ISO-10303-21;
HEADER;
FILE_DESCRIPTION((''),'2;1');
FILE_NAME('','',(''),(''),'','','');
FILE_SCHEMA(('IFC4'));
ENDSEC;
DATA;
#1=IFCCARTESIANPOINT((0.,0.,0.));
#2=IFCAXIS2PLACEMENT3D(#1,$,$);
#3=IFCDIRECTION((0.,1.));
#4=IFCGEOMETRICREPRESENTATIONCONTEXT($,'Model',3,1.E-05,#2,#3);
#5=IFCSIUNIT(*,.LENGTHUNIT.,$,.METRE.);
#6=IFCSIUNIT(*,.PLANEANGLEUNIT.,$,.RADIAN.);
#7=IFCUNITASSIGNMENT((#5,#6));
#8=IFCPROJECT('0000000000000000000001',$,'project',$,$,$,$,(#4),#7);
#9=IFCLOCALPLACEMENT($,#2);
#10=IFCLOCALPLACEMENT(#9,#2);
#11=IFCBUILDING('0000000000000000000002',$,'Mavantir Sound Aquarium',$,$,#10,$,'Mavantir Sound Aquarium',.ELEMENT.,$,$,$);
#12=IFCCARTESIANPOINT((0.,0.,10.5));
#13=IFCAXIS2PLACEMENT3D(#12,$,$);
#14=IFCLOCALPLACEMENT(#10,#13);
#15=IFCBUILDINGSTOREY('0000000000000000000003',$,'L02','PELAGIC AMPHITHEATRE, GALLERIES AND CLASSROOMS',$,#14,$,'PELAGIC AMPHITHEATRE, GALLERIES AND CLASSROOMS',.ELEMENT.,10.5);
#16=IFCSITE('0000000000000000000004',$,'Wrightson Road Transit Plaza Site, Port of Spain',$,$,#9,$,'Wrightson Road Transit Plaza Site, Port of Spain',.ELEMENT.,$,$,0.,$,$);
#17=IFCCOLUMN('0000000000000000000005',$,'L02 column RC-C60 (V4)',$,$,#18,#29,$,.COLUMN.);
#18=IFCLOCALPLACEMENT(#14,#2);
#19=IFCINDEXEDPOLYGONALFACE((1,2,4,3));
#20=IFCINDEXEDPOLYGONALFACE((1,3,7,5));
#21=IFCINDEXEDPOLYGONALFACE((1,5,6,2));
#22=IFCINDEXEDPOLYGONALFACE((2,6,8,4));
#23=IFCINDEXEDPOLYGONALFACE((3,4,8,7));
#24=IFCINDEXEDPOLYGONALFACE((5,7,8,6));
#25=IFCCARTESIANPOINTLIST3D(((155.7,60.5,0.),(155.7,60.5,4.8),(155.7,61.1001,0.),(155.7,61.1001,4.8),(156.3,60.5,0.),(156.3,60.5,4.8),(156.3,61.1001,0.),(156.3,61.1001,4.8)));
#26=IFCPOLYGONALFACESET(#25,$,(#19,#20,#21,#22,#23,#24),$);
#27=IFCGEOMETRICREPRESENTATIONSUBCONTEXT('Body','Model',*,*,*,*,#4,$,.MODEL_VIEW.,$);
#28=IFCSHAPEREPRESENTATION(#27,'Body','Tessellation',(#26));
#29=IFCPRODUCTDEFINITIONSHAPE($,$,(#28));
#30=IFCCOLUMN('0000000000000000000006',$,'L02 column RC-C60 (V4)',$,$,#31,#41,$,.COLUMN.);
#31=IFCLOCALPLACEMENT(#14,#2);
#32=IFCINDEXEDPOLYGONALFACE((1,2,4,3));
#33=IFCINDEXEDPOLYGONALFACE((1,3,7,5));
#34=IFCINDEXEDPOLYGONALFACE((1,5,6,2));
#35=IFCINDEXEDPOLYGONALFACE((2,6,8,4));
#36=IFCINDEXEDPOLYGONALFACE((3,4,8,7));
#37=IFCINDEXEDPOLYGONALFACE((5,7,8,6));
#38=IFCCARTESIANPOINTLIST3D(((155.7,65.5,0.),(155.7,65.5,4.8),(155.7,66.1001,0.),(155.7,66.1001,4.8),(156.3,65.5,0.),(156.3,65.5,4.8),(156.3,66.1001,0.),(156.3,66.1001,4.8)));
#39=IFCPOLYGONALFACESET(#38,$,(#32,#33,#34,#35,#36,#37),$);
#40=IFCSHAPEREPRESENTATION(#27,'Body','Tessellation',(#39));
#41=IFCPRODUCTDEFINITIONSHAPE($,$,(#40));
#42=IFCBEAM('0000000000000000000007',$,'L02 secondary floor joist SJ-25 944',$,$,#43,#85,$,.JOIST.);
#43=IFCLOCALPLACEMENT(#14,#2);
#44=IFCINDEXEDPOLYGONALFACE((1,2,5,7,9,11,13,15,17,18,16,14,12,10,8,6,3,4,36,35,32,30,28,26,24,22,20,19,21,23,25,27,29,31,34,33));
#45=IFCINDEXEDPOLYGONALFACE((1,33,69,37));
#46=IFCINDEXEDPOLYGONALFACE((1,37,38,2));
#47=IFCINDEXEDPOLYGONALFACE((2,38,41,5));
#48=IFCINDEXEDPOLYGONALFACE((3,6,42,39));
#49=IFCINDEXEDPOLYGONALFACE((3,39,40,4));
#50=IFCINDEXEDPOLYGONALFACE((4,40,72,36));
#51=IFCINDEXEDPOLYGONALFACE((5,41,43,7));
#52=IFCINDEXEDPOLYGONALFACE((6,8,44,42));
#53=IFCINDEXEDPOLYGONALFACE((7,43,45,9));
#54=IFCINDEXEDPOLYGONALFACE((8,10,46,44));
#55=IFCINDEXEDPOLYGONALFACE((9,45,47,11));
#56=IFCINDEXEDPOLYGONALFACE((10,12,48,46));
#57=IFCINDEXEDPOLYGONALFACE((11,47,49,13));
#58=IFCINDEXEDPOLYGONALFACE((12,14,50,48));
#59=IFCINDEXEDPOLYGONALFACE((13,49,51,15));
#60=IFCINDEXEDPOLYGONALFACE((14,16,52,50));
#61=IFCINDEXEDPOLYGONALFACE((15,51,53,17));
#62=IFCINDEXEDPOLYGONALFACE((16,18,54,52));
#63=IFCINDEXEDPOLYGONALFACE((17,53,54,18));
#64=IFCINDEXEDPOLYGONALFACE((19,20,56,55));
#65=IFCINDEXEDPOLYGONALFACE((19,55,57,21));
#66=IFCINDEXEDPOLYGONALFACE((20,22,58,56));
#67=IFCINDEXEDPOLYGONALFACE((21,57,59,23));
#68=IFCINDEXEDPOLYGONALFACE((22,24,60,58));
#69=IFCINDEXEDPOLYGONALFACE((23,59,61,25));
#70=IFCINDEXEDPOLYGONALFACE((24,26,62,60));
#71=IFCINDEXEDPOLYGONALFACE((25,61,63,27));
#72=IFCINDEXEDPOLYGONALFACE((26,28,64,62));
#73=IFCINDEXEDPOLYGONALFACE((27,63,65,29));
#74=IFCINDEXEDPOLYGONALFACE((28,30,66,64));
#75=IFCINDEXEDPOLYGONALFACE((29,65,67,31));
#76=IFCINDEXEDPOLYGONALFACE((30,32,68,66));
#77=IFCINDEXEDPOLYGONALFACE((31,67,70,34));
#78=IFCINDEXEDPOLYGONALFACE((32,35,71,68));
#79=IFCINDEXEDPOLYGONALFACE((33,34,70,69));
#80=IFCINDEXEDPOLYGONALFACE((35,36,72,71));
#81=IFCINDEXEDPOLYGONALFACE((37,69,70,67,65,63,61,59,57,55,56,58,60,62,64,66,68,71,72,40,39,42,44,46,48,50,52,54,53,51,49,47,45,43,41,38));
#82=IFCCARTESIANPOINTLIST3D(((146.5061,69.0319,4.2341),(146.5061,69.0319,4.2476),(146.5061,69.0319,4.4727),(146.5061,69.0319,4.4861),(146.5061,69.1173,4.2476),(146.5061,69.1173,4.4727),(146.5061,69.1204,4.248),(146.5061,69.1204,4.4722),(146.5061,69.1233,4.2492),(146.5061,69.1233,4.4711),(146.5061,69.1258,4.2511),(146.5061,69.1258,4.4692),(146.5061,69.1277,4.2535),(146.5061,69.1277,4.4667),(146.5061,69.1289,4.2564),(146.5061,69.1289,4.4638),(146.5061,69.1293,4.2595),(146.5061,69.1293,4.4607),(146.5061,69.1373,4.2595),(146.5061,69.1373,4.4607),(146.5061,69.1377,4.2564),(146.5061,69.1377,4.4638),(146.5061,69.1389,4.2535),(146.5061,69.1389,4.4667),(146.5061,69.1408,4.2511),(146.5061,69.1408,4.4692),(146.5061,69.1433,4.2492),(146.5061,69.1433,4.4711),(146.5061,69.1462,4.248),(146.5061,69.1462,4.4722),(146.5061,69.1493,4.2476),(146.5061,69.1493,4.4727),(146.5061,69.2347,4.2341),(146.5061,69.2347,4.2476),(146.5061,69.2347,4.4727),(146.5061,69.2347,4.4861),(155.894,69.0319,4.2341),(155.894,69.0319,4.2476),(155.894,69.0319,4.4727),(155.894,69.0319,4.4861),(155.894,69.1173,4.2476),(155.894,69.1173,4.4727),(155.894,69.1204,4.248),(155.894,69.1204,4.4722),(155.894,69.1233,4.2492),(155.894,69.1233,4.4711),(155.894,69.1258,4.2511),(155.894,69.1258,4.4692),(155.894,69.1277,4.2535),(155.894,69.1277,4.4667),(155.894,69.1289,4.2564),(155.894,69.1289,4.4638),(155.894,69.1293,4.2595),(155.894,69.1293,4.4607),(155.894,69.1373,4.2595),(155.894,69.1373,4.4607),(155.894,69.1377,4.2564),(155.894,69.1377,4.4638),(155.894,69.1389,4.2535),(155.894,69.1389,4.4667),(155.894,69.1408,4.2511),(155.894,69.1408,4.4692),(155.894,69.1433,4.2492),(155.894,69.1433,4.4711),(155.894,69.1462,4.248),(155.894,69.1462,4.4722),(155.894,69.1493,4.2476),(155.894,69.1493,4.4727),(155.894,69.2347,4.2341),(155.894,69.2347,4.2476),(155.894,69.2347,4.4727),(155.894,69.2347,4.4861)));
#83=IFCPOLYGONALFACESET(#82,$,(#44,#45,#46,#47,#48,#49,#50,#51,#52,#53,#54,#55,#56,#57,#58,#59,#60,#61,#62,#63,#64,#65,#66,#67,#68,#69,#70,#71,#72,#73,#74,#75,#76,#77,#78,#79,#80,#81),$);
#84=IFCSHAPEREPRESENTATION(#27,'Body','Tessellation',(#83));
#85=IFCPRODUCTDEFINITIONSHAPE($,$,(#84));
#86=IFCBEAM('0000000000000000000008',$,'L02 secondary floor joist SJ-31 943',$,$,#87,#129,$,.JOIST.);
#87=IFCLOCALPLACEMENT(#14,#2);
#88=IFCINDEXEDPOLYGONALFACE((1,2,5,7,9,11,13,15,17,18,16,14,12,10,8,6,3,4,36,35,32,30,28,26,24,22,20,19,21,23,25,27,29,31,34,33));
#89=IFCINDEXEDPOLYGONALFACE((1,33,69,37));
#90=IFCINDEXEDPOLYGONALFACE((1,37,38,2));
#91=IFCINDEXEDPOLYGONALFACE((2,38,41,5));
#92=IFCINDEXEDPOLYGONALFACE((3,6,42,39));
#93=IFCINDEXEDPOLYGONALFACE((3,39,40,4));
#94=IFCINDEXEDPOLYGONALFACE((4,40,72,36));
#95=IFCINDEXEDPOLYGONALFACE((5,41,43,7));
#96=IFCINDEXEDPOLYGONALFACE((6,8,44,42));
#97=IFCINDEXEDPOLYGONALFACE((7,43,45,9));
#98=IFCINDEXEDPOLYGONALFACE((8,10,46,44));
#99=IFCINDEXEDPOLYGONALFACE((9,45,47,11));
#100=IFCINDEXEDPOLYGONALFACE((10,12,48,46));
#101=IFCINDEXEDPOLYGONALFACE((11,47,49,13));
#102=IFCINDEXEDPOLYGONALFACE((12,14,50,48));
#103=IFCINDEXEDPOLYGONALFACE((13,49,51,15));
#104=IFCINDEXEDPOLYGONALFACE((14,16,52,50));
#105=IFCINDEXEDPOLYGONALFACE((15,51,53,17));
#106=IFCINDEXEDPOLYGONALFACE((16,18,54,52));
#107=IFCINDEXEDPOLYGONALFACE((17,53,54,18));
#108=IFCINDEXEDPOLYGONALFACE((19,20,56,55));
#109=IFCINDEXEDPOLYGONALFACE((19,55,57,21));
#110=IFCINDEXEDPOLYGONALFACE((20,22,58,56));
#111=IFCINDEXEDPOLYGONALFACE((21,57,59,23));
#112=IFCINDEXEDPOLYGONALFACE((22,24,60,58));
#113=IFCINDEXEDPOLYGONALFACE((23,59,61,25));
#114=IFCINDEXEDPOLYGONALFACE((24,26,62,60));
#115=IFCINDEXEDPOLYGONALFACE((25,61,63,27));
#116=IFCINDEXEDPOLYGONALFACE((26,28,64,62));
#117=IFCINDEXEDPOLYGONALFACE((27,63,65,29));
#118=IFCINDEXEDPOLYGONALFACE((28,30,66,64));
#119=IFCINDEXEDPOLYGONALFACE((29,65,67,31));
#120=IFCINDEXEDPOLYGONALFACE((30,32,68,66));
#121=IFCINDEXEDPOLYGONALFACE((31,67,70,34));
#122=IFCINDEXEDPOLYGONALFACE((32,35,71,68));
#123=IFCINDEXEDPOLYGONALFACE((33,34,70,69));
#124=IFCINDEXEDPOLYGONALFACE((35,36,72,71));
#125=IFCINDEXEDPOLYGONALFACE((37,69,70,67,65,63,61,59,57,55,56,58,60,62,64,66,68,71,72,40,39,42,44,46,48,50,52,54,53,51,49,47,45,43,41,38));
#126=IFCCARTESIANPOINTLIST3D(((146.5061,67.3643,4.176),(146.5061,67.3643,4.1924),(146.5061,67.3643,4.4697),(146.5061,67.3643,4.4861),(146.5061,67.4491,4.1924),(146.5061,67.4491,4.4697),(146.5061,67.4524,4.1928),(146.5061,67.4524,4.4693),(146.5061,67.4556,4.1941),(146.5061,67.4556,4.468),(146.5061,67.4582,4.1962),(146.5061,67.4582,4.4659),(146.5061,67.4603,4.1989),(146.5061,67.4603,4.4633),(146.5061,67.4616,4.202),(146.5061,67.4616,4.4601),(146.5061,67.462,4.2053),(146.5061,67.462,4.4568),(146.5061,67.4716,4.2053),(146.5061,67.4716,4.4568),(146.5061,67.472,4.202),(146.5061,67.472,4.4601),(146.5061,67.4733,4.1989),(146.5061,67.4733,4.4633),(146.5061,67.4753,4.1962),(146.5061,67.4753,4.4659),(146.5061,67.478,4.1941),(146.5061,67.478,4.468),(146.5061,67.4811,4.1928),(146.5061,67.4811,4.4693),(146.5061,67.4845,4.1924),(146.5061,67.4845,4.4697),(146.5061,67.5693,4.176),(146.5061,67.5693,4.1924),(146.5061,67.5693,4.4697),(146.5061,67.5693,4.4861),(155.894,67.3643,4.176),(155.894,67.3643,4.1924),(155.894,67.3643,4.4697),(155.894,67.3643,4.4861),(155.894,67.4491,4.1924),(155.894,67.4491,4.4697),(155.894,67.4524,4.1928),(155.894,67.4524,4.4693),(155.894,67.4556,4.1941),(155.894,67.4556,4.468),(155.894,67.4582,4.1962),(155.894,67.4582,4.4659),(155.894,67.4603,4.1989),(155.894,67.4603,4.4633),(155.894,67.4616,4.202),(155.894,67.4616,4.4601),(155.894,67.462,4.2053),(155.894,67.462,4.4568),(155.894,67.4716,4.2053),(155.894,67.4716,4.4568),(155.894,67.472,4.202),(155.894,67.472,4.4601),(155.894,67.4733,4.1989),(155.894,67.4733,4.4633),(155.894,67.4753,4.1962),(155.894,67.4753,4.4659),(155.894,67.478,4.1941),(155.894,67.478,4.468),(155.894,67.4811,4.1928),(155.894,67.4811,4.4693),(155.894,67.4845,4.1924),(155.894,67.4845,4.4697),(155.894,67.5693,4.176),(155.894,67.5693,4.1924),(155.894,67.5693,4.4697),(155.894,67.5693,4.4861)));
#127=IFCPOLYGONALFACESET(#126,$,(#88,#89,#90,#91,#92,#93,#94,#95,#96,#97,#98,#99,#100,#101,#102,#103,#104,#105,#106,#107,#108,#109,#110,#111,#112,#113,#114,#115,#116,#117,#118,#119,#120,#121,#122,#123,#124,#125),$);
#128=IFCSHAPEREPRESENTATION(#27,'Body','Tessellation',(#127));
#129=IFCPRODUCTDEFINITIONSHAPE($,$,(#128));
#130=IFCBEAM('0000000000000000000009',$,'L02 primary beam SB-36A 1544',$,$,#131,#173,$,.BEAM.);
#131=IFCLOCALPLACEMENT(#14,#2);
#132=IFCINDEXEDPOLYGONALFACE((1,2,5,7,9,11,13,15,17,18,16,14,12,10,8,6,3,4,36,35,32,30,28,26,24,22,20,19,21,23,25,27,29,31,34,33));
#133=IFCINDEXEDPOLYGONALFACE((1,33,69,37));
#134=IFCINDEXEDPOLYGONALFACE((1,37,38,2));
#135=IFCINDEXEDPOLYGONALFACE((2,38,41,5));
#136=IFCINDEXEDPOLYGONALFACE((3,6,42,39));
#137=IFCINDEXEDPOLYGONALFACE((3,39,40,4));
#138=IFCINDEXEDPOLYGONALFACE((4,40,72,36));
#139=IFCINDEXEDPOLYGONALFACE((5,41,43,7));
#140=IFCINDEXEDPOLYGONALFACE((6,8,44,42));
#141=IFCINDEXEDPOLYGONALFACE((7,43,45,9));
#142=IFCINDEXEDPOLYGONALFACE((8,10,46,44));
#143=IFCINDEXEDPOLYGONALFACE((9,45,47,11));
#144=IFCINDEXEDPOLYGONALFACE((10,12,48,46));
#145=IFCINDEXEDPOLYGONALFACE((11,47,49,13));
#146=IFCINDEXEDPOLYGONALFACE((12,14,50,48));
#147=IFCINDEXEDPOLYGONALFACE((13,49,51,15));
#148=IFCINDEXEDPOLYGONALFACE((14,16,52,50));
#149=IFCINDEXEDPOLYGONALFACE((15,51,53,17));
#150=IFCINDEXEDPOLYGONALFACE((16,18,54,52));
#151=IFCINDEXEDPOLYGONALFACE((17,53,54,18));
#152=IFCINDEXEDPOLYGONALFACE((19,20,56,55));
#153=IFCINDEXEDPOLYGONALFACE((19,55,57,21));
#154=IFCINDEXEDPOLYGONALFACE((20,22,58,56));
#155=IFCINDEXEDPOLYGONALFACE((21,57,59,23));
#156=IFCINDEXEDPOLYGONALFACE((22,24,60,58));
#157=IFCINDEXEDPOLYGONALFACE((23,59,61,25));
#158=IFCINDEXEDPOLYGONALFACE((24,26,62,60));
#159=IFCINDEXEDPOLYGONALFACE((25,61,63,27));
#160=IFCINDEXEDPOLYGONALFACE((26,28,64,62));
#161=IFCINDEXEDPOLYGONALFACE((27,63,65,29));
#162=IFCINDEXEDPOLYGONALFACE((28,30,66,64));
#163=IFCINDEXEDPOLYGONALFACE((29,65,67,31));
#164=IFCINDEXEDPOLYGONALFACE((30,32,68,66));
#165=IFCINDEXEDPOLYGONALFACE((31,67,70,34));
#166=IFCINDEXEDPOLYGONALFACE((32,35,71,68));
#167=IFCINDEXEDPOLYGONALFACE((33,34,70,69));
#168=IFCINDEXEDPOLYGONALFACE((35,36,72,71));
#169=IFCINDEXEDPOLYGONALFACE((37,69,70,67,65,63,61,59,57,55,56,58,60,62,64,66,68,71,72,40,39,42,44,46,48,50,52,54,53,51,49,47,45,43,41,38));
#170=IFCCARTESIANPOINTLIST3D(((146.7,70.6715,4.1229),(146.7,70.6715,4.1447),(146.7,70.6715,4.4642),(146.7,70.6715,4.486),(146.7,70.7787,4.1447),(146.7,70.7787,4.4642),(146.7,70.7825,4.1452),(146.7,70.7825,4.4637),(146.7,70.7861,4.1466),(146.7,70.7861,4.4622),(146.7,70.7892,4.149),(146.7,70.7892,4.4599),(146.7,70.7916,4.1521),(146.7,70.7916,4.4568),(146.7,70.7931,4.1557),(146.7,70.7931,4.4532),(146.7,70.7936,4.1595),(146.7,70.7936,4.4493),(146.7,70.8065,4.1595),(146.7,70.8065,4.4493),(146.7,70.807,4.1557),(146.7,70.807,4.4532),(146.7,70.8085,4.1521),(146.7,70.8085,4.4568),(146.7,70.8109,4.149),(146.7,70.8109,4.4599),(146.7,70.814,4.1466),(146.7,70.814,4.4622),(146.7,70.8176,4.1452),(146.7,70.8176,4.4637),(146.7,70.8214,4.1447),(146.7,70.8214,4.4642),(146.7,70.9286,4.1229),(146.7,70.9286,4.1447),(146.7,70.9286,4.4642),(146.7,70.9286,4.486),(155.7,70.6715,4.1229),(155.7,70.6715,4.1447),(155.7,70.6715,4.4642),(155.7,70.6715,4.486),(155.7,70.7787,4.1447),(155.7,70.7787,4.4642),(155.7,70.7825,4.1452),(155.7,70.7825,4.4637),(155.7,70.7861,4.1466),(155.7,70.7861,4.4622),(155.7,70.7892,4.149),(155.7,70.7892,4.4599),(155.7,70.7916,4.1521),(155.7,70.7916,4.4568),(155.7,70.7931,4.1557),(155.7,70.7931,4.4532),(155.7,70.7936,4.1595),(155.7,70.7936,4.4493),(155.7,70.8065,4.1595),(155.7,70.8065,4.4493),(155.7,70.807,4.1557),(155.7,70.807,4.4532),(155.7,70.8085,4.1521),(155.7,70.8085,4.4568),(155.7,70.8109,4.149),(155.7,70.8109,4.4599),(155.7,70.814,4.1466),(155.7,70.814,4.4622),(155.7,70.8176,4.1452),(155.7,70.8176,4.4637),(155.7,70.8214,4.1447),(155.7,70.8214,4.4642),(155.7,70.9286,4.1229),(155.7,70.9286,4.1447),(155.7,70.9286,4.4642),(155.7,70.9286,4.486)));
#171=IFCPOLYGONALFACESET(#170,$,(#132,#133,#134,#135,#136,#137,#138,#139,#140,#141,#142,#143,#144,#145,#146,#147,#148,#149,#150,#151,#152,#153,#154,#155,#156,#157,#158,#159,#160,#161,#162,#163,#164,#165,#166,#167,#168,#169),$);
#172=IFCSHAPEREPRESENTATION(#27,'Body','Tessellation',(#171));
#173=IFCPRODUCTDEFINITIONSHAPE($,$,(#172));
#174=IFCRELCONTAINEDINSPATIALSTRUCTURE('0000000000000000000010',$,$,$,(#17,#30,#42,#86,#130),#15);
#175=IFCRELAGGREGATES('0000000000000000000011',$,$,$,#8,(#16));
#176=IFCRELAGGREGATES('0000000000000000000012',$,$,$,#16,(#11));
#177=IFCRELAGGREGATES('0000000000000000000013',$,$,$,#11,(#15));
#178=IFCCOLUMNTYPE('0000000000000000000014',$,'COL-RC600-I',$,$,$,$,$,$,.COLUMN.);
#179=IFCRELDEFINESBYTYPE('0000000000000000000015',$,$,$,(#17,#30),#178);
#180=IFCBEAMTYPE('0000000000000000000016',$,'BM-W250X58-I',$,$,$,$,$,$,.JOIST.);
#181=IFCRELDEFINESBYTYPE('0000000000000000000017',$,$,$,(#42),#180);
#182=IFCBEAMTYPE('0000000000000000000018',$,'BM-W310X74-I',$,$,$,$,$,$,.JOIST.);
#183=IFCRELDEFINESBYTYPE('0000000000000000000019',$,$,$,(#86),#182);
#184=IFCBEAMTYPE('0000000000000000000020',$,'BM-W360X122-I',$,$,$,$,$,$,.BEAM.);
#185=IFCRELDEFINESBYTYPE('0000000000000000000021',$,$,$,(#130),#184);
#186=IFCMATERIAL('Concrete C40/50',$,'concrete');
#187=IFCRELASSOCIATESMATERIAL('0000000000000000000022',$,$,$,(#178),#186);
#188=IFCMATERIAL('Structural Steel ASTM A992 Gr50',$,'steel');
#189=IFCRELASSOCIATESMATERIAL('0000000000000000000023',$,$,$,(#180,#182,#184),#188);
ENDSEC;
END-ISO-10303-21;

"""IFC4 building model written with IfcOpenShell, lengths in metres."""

from ifc_helpers import new_model, si_unit, direction, frame, origin, origin_2d, place, context, subcontext, project, spatial, rectangle, i_section, extrude, material, material_profile, profile_set, type_object, element, save


model = new_model("IFC4")

# Units and contexts
model_context = context("Model", 3, precision=1e-05, world=origin(), true_north=direction((0.0, 1.0)))
body_context = subcontext(model_context, "Body", "Model", "MODEL_VIEW")
ifc_project = project(units=[si_unit("LENGTHUNIT", "METRE"), si_unit("PLANEANGLEUNIT", "RADIAN")], contexts=[model_context])

# Site, building, storey
site_placement = place(None, origin())
site = spatial("IfcSite", under=ifc_project, at=site_placement, Name="Wrightson Road Transit Plaza Site, Port of Spain", LongName="Wrightson Road Transit Plaza Site, Port of Spain", CompositionType="ELEMENT", RefElevation=0.0)
building_placement = place(site_placement, origin())
building = spatial("IfcBuilding", under=site, at=building_placement, Name="Mavantir Sound Aquarium", LongName="Mavantir Sound Aquarium", CompositionType="ELEMENT")
storey_placement = place(building_placement, frame((0.0, 0.0, 10.5)))
storey = spatial("IfcBuildingStorey", under=building, at=storey_placement, Name="L02", Description="PELAGIC AMPHITHEATRE, GALLERIES AND CLASSROOMS", LongName="PELAGIC AMPHITHEATRE, GALLERIES AND CLASSROOMS", CompositionType="ELEMENT", Elevation=10.5)

# Columns
ifc_material_1 = material(Name="Concrete C40/50", Category="concrete")
ifc_material_profile_1 = material_profile(ifc_material_1, rectangle(XDim=0.6001, YDim=0.6001, at=origin_2d()), Name="RC 600X600")
ifc_profile_set_1 = profile_set([ifc_material_profile_1], Name="Concrete C40/50")
column_type = type_object("IfcColumnType", Name="COL-RC600-I", PredefinedType="COLUMN", material=ifc_profile_set_1)
for number, where, z_axis, x_axis, name in (
    (1, (156.0, 60.8, 0.0), (0.0, 0.0, 1.0), (1.0, 0.0, 0.0), "L02 column RC-C60 (V4)"),
    (2, (156.0, 65.8, 0.0), (0.0, 0.0, 1.0), (1.0, 0.0, 0.0), "L02 column RC-C60 (V4)"),
):
    element("IfcColumn", number, at=place(storey_placement, frame(where, z_axis=z_axis, x_axis=x_axis)), inside=storey, type_object=column_type, Name=name, PredefinedType="COLUMN", context=body_context, shape_type="SweptSolid", body=[
        extrude(rectangle(XDim=0.6001, YDim=0.6001, at=origin_2d()), origin(), (0.0, 0.0, 1.0), 4.8),
    ])

# Beams
ifc_material_2 = material(Name="Structural Steel ASTM A992 Gr50", Category="steel")
ifc_material_profile_2 = material_profile(ifc_material_2, i_section(OverallWidth=0.2029, OverallDepth=0.252, WebThickness=0.0081, FlangeThickness=0.0134, FilletRadius=0.012, at=origin_2d()), Name="W250X58")
ifc_profile_set_2 = profile_set([ifc_material_profile_2], Name="Structural Steel ASTM A992 Gr50")
beam_type_1 = type_object("IfcBeamType", Name="BM-W250X58-I", PredefinedType="JOIST", material=ifc_profile_set_2)
beam_1_placement = place(storey_placement, frame((146.5061, 69.1333, 4.3601), z_axis=(1.0, 0.0, 0.0), x_axis=(0.0, 1.0, 0.0)))
element("IfcBeam", 3, at=beam_1_placement, inside=storey, type_object=beam_type_1, Name="L02 secondary floor joist SJ-25 944", PredefinedType="JOIST", context=body_context, shape_type="SweptSolid", body=[
    extrude(i_section(OverallWidth=0.2029, OverallDepth=0.252, WebThickness=0.0081, FlangeThickness=0.0134, FilletRadius=0.012, at=origin_2d()), origin(), (0.0, 0.0, 1.0), 9.3879),
])
ifc_material_profile_3 = material_profile(ifc_material_2, i_section(OverallWidth=0.2051, OverallDepth=0.3101, WebThickness=0.0095, FlangeThickness=0.0164, FilletRadius=0.0129, at=origin_2d()), Name="W310X74")
ifc_profile_set_3 = profile_set([ifc_material_profile_3], Name="Structural Steel ASTM A992 Gr50")
beam_type_2 = type_object("IfcBeamType", Name="BM-W310X74-I", PredefinedType="JOIST", material=ifc_profile_set_3)
beam_2_placement = place(storey_placement, frame((146.5061, 67.4668, 4.3311), z_axis=(1.0, 0.0, 0.0), x_axis=(0.0, 1.0, 0.0)))
element("IfcBeam", 4, at=beam_2_placement, inside=storey, type_object=beam_type_2, Name="L02 secondary floor joist SJ-31 943", PredefinedType="JOIST", context=body_context, shape_type="SweptSolid", body=[
    extrude(i_section(OverallWidth=0.2051, OverallDepth=0.3101, WebThickness=0.0095, FlangeThickness=0.0164, FilletRadius=0.0129, at=origin_2d()), origin(), (0.0, 0.0, 1.0), 9.3879),
])
ifc_material_profile_4 = material_profile(ifc_material_2, i_section(OverallWidth=0.2571, OverallDepth=0.363, WebThickness=0.0129, FlangeThickness=0.0217, FilletRadius=0.0149, at=origin_2d()), Name="W360X122")
ifc_profile_set_4 = profile_set([ifc_material_profile_4], Name="Structural Steel ASTM A992 Gr50")
beam_type_3 = type_object("IfcBeamType", Name="BM-W360X122-I", PredefinedType="BEAM", material=ifc_profile_set_4)
beam_3_placement = place(storey_placement, frame((146.7, 70.8, 4.3044), z_axis=(1.0, 0.0, 0.0), x_axis=(0.0, 1.0, 0.0)))
element("IfcBeam", 5, at=beam_3_placement, inside=storey, type_object=beam_type_3, Name="L02 primary beam SB-36A 1544", PredefinedType="BEAM", context=body_context, shape_type="SweptSolid", body=[
    extrude(i_section(OverallWidth=0.2571, OverallDepth=0.363, WebThickness=0.0129, FlangeThickness=0.0217, FilletRadius=0.0149, at=origin_2d()), origin(), (0.0, 0.0, 1.0), 9.0),
])

save(model, "model.ifc")
